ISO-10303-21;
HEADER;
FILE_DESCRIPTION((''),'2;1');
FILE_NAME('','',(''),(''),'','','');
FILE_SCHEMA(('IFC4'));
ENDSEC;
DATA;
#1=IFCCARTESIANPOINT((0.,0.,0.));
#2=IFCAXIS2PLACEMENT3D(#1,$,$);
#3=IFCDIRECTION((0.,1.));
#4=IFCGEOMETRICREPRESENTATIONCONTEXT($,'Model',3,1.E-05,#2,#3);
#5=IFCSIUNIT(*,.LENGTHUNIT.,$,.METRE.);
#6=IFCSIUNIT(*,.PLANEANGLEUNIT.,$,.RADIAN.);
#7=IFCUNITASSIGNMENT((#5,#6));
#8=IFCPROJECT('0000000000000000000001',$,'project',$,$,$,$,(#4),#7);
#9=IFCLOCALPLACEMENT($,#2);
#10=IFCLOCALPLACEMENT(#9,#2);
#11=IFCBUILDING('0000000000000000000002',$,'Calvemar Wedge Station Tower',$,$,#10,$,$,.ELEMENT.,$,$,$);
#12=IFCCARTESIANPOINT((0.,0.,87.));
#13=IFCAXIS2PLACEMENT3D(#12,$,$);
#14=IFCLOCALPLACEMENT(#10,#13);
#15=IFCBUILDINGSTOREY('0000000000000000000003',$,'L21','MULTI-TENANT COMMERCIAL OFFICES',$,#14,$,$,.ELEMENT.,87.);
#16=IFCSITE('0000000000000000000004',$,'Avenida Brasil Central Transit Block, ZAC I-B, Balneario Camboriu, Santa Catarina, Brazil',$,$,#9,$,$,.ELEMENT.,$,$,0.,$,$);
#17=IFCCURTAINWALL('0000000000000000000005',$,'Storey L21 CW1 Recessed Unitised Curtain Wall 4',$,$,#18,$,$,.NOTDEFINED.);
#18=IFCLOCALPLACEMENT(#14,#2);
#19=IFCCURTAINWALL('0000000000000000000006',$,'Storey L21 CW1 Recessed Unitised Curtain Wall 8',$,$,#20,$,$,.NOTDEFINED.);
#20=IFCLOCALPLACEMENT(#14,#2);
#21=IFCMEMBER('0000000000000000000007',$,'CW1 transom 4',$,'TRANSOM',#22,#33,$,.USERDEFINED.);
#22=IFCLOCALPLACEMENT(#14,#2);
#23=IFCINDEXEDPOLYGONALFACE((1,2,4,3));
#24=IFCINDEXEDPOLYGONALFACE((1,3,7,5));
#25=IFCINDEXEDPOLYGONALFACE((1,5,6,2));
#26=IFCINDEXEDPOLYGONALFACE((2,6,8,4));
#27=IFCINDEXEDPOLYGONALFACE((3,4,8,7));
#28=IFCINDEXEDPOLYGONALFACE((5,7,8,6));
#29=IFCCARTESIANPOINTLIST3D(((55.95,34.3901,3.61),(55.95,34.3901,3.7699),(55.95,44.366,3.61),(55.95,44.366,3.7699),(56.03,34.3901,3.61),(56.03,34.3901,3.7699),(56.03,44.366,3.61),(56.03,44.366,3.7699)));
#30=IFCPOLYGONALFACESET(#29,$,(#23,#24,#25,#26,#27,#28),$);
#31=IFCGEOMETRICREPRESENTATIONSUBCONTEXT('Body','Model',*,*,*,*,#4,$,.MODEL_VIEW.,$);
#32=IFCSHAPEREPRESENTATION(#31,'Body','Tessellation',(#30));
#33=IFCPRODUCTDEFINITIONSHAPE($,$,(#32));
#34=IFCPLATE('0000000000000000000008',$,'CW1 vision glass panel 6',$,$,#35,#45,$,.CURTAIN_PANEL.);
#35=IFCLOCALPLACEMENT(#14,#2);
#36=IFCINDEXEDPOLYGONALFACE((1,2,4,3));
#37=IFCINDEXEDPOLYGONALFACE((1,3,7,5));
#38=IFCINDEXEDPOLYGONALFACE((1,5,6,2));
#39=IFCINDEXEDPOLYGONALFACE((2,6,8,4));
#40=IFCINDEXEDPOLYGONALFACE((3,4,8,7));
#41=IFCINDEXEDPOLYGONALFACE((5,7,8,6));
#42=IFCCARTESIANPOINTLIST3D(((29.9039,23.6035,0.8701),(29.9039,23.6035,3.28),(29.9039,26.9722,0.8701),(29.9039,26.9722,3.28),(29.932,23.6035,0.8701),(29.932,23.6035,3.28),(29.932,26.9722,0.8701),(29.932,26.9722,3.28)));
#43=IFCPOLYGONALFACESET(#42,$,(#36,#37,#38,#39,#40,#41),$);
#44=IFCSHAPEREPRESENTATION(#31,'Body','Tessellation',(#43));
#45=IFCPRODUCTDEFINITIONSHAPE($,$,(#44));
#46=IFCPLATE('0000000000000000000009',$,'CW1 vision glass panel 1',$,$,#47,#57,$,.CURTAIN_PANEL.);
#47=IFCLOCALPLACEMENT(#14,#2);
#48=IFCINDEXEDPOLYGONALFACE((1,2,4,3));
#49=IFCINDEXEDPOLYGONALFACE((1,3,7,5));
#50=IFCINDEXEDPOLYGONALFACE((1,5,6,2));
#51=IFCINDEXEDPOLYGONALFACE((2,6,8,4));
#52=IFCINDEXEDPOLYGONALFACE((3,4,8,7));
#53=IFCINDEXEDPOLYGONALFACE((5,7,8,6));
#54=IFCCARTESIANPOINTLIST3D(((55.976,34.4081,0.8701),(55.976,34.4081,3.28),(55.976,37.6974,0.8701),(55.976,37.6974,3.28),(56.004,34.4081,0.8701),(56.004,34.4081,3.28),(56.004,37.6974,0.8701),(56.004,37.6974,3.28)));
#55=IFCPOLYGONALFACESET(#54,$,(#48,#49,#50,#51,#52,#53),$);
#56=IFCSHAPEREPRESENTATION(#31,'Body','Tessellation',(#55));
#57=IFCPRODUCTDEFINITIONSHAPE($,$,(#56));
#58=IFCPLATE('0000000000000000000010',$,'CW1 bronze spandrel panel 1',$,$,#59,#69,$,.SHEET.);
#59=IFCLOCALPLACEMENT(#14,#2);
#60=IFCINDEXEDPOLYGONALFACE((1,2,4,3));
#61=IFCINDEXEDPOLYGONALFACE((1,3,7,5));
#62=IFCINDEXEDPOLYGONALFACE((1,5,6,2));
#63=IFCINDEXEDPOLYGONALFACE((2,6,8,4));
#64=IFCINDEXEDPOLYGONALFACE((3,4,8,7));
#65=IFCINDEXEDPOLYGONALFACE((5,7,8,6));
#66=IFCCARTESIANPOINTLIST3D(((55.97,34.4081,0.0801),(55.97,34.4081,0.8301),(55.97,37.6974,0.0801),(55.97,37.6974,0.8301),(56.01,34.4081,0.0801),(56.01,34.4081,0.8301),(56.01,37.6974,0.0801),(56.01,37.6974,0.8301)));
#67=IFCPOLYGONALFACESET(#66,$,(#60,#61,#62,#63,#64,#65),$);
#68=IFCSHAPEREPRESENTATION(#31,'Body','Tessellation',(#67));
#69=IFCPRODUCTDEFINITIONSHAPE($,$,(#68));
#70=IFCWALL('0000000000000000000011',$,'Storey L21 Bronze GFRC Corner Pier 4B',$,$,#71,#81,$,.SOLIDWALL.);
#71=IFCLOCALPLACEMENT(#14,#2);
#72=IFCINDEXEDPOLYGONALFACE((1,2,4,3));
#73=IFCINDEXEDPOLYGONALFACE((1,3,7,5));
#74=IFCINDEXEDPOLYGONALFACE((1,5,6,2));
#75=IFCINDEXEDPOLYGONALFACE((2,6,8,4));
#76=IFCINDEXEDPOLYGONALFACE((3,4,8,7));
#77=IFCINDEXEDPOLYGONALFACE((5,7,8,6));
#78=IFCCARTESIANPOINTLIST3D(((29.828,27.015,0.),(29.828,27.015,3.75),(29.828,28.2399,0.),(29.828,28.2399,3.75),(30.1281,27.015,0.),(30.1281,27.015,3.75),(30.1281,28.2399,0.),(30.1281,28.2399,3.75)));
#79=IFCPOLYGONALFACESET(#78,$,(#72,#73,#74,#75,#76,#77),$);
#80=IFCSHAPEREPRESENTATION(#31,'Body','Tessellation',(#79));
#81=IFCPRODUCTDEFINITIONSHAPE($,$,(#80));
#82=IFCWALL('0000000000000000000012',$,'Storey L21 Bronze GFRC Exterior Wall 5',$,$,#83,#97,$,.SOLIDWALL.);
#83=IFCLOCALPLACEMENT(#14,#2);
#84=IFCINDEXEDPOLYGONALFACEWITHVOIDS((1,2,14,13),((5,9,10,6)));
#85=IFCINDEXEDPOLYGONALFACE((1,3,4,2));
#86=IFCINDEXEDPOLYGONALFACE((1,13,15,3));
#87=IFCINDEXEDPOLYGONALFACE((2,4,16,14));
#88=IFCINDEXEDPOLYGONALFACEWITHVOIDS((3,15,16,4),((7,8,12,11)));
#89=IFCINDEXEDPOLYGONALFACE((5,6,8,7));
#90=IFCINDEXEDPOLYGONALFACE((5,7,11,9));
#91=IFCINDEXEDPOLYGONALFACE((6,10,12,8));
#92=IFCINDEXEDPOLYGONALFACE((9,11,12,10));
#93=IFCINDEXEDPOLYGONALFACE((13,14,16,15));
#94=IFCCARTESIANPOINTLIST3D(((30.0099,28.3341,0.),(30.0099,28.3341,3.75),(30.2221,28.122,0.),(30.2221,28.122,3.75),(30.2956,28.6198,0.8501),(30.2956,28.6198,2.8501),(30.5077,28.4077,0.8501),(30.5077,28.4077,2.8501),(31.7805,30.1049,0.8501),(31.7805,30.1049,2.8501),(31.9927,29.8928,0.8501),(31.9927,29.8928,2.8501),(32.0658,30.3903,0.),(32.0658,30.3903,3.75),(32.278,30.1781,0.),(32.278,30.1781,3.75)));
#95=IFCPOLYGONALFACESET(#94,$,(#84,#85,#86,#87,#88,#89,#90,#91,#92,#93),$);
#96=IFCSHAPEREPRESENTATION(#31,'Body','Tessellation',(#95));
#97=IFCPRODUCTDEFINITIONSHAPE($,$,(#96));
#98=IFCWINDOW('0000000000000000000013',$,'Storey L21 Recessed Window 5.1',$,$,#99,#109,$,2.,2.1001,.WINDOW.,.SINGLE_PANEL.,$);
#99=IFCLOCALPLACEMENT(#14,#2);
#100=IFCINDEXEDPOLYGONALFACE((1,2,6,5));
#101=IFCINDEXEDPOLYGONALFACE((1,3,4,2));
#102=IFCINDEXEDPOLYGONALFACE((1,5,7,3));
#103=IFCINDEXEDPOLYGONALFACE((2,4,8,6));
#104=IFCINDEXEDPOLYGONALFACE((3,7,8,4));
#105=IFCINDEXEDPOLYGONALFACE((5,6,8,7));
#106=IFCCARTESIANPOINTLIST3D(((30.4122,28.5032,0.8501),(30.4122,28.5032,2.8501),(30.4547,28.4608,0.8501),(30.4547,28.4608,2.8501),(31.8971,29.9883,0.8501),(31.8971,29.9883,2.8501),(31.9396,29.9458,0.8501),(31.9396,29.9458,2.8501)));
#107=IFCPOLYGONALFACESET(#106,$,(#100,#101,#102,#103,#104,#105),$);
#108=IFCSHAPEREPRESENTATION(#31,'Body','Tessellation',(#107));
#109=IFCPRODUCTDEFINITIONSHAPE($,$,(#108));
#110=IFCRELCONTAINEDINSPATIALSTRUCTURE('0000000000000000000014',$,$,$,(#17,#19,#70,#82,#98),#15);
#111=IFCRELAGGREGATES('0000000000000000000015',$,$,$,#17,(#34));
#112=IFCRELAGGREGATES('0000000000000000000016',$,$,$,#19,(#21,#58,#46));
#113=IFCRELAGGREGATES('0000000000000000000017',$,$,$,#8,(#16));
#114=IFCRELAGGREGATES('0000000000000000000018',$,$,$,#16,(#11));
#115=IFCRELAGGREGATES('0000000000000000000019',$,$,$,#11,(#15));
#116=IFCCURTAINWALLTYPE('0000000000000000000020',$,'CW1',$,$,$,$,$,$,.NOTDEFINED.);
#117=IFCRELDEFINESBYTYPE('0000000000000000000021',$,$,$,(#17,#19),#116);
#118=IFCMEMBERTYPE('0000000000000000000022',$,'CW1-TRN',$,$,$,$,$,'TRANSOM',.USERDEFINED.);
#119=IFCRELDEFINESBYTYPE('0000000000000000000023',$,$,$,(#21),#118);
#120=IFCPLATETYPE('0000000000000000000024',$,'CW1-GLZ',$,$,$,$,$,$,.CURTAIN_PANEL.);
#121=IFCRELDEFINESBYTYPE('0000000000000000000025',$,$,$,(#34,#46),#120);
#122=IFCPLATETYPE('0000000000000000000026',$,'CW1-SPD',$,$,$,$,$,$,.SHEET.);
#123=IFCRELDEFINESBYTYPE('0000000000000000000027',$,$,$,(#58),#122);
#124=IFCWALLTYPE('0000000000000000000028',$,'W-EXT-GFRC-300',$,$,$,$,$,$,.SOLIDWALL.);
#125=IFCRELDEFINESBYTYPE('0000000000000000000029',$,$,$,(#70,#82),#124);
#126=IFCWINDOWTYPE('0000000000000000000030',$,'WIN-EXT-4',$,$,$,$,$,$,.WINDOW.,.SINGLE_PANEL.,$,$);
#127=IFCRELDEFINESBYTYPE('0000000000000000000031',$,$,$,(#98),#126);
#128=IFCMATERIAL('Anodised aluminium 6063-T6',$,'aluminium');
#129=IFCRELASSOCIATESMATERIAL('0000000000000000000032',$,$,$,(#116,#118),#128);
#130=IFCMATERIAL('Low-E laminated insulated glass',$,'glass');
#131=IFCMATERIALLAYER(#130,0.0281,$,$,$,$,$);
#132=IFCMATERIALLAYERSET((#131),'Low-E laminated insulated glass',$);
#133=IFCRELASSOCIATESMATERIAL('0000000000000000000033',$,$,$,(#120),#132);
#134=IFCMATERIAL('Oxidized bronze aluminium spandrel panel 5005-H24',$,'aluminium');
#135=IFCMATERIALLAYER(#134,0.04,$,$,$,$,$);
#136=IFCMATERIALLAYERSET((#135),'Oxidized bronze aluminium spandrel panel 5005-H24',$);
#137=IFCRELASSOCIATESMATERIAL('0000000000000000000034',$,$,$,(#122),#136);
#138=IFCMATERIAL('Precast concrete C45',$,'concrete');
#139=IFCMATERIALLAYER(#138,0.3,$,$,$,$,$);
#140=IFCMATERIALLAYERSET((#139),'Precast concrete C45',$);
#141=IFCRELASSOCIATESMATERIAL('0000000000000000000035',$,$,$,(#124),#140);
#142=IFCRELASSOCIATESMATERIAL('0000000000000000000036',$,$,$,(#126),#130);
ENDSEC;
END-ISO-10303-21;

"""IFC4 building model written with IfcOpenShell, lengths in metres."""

from ifc_helpers import new_model, si_unit, direction, frame, frame_2d, origin, origin_2d, place, context, subcontext, project, spatial, rectangle, extrude, source, transform, mapped, material, layer, layer_set, material_profile, profile_set, type_object, element, fill, aggregate, save


model = new_model("IFC4")

# Units and contexts
model_context = context("Model", 3, precision=1e-05, world=origin(), true_north=direction((0.0, 1.0)))
body_context = subcontext(model_context, "Body", "Model", "MODEL_VIEW")
ifc_project = project(units=[si_unit("LENGTHUNIT", "METRE"), si_unit("PLANEANGLEUNIT", "RADIAN")], contexts=[model_context])

# Site, building, storey
site_placement = place(None, origin())
site = spatial("IfcSite", under=ifc_project, at=site_placement, Name="Avenida Brasil Central Transit Block, ZAC I-B, Balneario Camboriu, Santa Catarina, Brazil", CompositionType="ELEMENT", RefElevation=0.0)
building_placement = place(site_placement, origin())
building = spatial("IfcBuilding", under=site, at=building_placement, Name="Calvemar Wedge Station Tower", CompositionType="ELEMENT")
storey_placement = place(building_placement, frame((0.0, 0.0, 87.0)))
storey = spatial("IfcBuildingStorey", under=building, at=storey_placement, Name="L21", Description="MULTI-TENANT COMMERCIAL OFFICES", CompositionType="ELEMENT", Elevation=87.0)

# Curtain wall
ifc_material_1 = material(Name="Anodised aluminium 6063-T6", Category="aluminium")
curtain_wall_type = type_object("IfcCurtainWallType", Name="CW1", PredefinedType="NOTDEFINED", material=ifc_material_1)
curtain_wall_1_placement = place(storey_placement, origin())
curtain_wall_1 = element("IfcCurtainWall", 1, at=curtain_wall_1_placement, inside=storey, type_object=curtain_wall_type, Name="Storey L21 CW1 Recessed Unitised Curtain Wall 4", PredefinedType="NOTDEFINED")

# Curtain wall, member
curtain_wall_2_placement = place(storey_placement, origin())
curtain_wall_2 = element("IfcCurtainWall", 2, at=curtain_wall_2_placement, inside=storey, type_object=curtain_wall_type, Name="Storey L21 CW1 Recessed Unitised Curtain Wall 8", PredefinedType="NOTDEFINED")
ifc_material_profile_1 = material_profile(ifc_material_1, rectangle(XDim=0.0801, YDim=0.1599, at=origin_2d()), Name="AL-TRN-80x160")
ifc_profile_set_1 = profile_set([ifc_material_profile_1], Name="Anodised aluminium 6063-T6")
member_type_1 = type_object("IfcMemberType", Name="CW1-TRN", ElementType="TRANSOM", PredefinedType="USERDEFINED", material=ifc_profile_set_1)
shared_shape_1 = source(origin(), body_context, "Body", "SweptSolid", [
    extrude(rectangle(XDim=0.0801, YDim=0.1599, at=origin_2d()), origin(), (0.0, 0.0, 1.0), 9.9758),
])
member_1_placement = place(storey_placement, frame((55.99, 34.3901, 3.6899), z_axis=(0.0, 1.0, 0.0), x_axis=(-1.0, 0.0, 0.0)))
member_1 = element("IfcMember", 3, at=member_1_placement, type_object=member_type_1, Name="CW1 transom 4", ObjectType="TRANSOM", PredefinedType="USERDEFINED", context=body_context, shape_type="MappedRepresentation", body=[
    mapped(shared_shape_1, transform((0.0, 0.0, 0.0), scale=1.0)),
])

# Plates
ifc_material_2 = material(Name="Low-E laminated insulated glass", Category="glass")
ifc_layer_1 = layer(ifc_material_2, 0.0281)
ifc_layer_set_1 = layer_set([ifc_layer_1], Name="Low-E laminated insulated glass")
plate_type_1 = type_object("IfcPlateType", Name="CW1-GLZ", PredefinedType="CURTAIN_PANEL", material=ifc_layer_set_1)
plate_1_placement = place(storey_placement, frame((29.918, 23.6035, 0.8701), z_axis=(0.0, 0.0, 1.0), x_axis=(0.0, 1.0, 0.0)))
plate_1 = element("IfcPlate", 4, at=plate_1_placement, type_object=plate_type_1, Name="CW1 vision glass panel 6", PredefinedType="CURTAIN_PANEL", context=body_context, shape_type="SweptSolid", body=[
    extrude(rectangle(XDim=3.3687, YDim=0.0281, at=frame_2d((1.6843, 0.0))), origin(), (0.0, 0.0, 1.0), 2.4099),
])
aggregate(curtain_wall_1, [plate_1])
plate_2_placement = place(storey_placement, frame((55.99, 34.4082, 0.8701), z_axis=(0.0, 0.0, 1.0), x_axis=(0.0, 1.0, 0.0)))
plate_2 = element("IfcPlate", 5, at=plate_2_placement, type_object=plate_type_1, Name="CW1 vision glass panel 1", PredefinedType="CURTAIN_PANEL", context=body_context, shape_type="SweptSolid", body=[
    extrude(rectangle(XDim=3.2893, YDim=0.0281, at=frame_2d((1.6445, 0.0))), origin(), (0.0, 0.0, 1.0), 2.4099),
])
ifc_material_3 = material(Name="Oxidized bronze aluminium spandrel panel 5005-H24", Category="aluminium")
ifc_layer_2 = layer(ifc_material_3, 0.04)
ifc_layer_set_2 = layer_set([ifc_layer_2], Name="Oxidized bronze aluminium spandrel panel 5005-H24")
plate_type_2 = type_object("IfcPlateType", Name="CW1-SPD", PredefinedType="SHEET", material=ifc_layer_set_2)
plate_3_placement = place(storey_placement, frame((55.99, 34.4082, 0.0801), z_axis=(0.0, 0.0, 1.0), x_axis=(0.0, 1.0, 0.0)))
plate_3 = element("IfcPlate", 6, at=plate_3_placement, type_object=plate_type_2, Name="CW1 bronze spandrel panel 1", PredefinedType="SHEET", context=body_context, shape_type="SweptSolid", body=[
    extrude(rectangle(XDim=3.2893, YDim=0.04, at=frame_2d((1.6445, 0.0))), origin(), (0.0, 0.0, 1.0), 0.75),
])
aggregate(curtain_wall_2, [member_1, plate_3, plate_2])

# Wall
ifc_material_4 = material(Name="Precast concrete C45", Category="concrete")
ifc_layer_3 = layer(ifc_material_4, 0.3)
ifc_layer_set_3 = layer_set([ifc_layer_3], Name="Precast concrete C45")
wall_type_1 = type_object("IfcWallType", Name="W-EXT-GFRC-300", PredefinedType="SOLIDWALL", material=ifc_layer_set_3)
wall_1_placement = place(storey_placement, frame((29.978, 27.0151, 0.0), z_axis=(0.0, 0.0, 1.0), x_axis=(0.0, 1.0, 0.0)))
element("IfcWall", 7, at=wall_1_placement, inside=storey, type_object=wall_type_1, Name="Storey L21 Bronze GFRC Corner Pier 4B", PredefinedType="SOLIDWALL", context=body_context, shape_type="SweptSolid", body=[
    extrude(rectangle(XDim=1.2249, YDim=0.3, at=frame_2d((0.6123, 0.0))), origin(), (0.0, 0.0, 1.0), 3.75),
])

# Wall, opening, window
wall_2_placement = place(storey_placement, frame((30.116, 28.228, 0.0), z_axis=(0.0, 0.0, 1.0), x_axis=(0.707065, 0.707149, 0.0)))
wall_2 = element("IfcWall", 8, at=wall_2_placement, inside=storey, type_object=wall_type_1, Name="Storey L21 Bronze GFRC Exterior Wall 5", PredefinedType="SOLIDWALL", context=body_context, shape_type="SweptSolid", body=[
    extrude(rectangle(XDim=2.9077, YDim=0.3, at=frame_2d((1.4539, 0.0))), origin(), (0.0, 0.0, 1.0), 3.75),
])
shared_shape_2 = source(origin(), body_context, "Body", "SweptSolid", [
    extrude(rectangle(XDim=2.1001, YDim=2.0, at=frame_2d((1.05, 1.0))), frame((0.0, 0.1602, 0.0), z_axis=(0.0, -1.0, 0.0), x_axis=(1.0, 0.0, 0.0)), (0.0, 0.0, 1.0), 0.3201),
])
opening_1_placement = place(wall_2_placement, frame((0.4041, 0.0, 0.8501)))
opening_1 = element("IfcOpeningElement", 9, at=opening_1_placement, cuts=wall_2, PredefinedType="OPENING", context=body_context, shape_type="MappedRepresentation", body=[
    mapped(shared_shape_2, transform((0.0, 0.0, 0.0), scale=1.0)),
])
window_type_1 = type_object("IfcWindowType", Name="WIN-EXT-4", PartitioningType="SINGLE_PANEL", PredefinedType="WINDOW", material=ifc_material_2)
shared_shape_3 = source(origin(), body_context, "Body", "SweptSolid", [
    extrude(rectangle(XDim=2.1001, YDim=2.0, at=frame_2d((1.05, 1.0))), frame((0.0, -0.0149, 0.0), z_axis=(0.0, -1.0, 0.0), x_axis=(1.0, 0.0, 0.0)), (0.0, 0.0, 1.0), 0.0601),
])
window_1_placement = place(opening_1_placement, origin())
window_1 = element("IfcWindow", 10, at=window_1_placement, inside=storey, type_object=window_type_1, Name="Storey L21 Recessed Window 5.1", OverallHeight=2.0, OverallWidth=2.1001, PartitioningType="SINGLE_PANEL", PredefinedType="WINDOW", context=body_context, shape_type="MappedRepresentation", body=[
    mapped(shared_shape_3, transform((0.0, 0.0, 0.0), scale=1.0)),
])
fill(opening_1, window_1)

save(model, "model.ifc")
